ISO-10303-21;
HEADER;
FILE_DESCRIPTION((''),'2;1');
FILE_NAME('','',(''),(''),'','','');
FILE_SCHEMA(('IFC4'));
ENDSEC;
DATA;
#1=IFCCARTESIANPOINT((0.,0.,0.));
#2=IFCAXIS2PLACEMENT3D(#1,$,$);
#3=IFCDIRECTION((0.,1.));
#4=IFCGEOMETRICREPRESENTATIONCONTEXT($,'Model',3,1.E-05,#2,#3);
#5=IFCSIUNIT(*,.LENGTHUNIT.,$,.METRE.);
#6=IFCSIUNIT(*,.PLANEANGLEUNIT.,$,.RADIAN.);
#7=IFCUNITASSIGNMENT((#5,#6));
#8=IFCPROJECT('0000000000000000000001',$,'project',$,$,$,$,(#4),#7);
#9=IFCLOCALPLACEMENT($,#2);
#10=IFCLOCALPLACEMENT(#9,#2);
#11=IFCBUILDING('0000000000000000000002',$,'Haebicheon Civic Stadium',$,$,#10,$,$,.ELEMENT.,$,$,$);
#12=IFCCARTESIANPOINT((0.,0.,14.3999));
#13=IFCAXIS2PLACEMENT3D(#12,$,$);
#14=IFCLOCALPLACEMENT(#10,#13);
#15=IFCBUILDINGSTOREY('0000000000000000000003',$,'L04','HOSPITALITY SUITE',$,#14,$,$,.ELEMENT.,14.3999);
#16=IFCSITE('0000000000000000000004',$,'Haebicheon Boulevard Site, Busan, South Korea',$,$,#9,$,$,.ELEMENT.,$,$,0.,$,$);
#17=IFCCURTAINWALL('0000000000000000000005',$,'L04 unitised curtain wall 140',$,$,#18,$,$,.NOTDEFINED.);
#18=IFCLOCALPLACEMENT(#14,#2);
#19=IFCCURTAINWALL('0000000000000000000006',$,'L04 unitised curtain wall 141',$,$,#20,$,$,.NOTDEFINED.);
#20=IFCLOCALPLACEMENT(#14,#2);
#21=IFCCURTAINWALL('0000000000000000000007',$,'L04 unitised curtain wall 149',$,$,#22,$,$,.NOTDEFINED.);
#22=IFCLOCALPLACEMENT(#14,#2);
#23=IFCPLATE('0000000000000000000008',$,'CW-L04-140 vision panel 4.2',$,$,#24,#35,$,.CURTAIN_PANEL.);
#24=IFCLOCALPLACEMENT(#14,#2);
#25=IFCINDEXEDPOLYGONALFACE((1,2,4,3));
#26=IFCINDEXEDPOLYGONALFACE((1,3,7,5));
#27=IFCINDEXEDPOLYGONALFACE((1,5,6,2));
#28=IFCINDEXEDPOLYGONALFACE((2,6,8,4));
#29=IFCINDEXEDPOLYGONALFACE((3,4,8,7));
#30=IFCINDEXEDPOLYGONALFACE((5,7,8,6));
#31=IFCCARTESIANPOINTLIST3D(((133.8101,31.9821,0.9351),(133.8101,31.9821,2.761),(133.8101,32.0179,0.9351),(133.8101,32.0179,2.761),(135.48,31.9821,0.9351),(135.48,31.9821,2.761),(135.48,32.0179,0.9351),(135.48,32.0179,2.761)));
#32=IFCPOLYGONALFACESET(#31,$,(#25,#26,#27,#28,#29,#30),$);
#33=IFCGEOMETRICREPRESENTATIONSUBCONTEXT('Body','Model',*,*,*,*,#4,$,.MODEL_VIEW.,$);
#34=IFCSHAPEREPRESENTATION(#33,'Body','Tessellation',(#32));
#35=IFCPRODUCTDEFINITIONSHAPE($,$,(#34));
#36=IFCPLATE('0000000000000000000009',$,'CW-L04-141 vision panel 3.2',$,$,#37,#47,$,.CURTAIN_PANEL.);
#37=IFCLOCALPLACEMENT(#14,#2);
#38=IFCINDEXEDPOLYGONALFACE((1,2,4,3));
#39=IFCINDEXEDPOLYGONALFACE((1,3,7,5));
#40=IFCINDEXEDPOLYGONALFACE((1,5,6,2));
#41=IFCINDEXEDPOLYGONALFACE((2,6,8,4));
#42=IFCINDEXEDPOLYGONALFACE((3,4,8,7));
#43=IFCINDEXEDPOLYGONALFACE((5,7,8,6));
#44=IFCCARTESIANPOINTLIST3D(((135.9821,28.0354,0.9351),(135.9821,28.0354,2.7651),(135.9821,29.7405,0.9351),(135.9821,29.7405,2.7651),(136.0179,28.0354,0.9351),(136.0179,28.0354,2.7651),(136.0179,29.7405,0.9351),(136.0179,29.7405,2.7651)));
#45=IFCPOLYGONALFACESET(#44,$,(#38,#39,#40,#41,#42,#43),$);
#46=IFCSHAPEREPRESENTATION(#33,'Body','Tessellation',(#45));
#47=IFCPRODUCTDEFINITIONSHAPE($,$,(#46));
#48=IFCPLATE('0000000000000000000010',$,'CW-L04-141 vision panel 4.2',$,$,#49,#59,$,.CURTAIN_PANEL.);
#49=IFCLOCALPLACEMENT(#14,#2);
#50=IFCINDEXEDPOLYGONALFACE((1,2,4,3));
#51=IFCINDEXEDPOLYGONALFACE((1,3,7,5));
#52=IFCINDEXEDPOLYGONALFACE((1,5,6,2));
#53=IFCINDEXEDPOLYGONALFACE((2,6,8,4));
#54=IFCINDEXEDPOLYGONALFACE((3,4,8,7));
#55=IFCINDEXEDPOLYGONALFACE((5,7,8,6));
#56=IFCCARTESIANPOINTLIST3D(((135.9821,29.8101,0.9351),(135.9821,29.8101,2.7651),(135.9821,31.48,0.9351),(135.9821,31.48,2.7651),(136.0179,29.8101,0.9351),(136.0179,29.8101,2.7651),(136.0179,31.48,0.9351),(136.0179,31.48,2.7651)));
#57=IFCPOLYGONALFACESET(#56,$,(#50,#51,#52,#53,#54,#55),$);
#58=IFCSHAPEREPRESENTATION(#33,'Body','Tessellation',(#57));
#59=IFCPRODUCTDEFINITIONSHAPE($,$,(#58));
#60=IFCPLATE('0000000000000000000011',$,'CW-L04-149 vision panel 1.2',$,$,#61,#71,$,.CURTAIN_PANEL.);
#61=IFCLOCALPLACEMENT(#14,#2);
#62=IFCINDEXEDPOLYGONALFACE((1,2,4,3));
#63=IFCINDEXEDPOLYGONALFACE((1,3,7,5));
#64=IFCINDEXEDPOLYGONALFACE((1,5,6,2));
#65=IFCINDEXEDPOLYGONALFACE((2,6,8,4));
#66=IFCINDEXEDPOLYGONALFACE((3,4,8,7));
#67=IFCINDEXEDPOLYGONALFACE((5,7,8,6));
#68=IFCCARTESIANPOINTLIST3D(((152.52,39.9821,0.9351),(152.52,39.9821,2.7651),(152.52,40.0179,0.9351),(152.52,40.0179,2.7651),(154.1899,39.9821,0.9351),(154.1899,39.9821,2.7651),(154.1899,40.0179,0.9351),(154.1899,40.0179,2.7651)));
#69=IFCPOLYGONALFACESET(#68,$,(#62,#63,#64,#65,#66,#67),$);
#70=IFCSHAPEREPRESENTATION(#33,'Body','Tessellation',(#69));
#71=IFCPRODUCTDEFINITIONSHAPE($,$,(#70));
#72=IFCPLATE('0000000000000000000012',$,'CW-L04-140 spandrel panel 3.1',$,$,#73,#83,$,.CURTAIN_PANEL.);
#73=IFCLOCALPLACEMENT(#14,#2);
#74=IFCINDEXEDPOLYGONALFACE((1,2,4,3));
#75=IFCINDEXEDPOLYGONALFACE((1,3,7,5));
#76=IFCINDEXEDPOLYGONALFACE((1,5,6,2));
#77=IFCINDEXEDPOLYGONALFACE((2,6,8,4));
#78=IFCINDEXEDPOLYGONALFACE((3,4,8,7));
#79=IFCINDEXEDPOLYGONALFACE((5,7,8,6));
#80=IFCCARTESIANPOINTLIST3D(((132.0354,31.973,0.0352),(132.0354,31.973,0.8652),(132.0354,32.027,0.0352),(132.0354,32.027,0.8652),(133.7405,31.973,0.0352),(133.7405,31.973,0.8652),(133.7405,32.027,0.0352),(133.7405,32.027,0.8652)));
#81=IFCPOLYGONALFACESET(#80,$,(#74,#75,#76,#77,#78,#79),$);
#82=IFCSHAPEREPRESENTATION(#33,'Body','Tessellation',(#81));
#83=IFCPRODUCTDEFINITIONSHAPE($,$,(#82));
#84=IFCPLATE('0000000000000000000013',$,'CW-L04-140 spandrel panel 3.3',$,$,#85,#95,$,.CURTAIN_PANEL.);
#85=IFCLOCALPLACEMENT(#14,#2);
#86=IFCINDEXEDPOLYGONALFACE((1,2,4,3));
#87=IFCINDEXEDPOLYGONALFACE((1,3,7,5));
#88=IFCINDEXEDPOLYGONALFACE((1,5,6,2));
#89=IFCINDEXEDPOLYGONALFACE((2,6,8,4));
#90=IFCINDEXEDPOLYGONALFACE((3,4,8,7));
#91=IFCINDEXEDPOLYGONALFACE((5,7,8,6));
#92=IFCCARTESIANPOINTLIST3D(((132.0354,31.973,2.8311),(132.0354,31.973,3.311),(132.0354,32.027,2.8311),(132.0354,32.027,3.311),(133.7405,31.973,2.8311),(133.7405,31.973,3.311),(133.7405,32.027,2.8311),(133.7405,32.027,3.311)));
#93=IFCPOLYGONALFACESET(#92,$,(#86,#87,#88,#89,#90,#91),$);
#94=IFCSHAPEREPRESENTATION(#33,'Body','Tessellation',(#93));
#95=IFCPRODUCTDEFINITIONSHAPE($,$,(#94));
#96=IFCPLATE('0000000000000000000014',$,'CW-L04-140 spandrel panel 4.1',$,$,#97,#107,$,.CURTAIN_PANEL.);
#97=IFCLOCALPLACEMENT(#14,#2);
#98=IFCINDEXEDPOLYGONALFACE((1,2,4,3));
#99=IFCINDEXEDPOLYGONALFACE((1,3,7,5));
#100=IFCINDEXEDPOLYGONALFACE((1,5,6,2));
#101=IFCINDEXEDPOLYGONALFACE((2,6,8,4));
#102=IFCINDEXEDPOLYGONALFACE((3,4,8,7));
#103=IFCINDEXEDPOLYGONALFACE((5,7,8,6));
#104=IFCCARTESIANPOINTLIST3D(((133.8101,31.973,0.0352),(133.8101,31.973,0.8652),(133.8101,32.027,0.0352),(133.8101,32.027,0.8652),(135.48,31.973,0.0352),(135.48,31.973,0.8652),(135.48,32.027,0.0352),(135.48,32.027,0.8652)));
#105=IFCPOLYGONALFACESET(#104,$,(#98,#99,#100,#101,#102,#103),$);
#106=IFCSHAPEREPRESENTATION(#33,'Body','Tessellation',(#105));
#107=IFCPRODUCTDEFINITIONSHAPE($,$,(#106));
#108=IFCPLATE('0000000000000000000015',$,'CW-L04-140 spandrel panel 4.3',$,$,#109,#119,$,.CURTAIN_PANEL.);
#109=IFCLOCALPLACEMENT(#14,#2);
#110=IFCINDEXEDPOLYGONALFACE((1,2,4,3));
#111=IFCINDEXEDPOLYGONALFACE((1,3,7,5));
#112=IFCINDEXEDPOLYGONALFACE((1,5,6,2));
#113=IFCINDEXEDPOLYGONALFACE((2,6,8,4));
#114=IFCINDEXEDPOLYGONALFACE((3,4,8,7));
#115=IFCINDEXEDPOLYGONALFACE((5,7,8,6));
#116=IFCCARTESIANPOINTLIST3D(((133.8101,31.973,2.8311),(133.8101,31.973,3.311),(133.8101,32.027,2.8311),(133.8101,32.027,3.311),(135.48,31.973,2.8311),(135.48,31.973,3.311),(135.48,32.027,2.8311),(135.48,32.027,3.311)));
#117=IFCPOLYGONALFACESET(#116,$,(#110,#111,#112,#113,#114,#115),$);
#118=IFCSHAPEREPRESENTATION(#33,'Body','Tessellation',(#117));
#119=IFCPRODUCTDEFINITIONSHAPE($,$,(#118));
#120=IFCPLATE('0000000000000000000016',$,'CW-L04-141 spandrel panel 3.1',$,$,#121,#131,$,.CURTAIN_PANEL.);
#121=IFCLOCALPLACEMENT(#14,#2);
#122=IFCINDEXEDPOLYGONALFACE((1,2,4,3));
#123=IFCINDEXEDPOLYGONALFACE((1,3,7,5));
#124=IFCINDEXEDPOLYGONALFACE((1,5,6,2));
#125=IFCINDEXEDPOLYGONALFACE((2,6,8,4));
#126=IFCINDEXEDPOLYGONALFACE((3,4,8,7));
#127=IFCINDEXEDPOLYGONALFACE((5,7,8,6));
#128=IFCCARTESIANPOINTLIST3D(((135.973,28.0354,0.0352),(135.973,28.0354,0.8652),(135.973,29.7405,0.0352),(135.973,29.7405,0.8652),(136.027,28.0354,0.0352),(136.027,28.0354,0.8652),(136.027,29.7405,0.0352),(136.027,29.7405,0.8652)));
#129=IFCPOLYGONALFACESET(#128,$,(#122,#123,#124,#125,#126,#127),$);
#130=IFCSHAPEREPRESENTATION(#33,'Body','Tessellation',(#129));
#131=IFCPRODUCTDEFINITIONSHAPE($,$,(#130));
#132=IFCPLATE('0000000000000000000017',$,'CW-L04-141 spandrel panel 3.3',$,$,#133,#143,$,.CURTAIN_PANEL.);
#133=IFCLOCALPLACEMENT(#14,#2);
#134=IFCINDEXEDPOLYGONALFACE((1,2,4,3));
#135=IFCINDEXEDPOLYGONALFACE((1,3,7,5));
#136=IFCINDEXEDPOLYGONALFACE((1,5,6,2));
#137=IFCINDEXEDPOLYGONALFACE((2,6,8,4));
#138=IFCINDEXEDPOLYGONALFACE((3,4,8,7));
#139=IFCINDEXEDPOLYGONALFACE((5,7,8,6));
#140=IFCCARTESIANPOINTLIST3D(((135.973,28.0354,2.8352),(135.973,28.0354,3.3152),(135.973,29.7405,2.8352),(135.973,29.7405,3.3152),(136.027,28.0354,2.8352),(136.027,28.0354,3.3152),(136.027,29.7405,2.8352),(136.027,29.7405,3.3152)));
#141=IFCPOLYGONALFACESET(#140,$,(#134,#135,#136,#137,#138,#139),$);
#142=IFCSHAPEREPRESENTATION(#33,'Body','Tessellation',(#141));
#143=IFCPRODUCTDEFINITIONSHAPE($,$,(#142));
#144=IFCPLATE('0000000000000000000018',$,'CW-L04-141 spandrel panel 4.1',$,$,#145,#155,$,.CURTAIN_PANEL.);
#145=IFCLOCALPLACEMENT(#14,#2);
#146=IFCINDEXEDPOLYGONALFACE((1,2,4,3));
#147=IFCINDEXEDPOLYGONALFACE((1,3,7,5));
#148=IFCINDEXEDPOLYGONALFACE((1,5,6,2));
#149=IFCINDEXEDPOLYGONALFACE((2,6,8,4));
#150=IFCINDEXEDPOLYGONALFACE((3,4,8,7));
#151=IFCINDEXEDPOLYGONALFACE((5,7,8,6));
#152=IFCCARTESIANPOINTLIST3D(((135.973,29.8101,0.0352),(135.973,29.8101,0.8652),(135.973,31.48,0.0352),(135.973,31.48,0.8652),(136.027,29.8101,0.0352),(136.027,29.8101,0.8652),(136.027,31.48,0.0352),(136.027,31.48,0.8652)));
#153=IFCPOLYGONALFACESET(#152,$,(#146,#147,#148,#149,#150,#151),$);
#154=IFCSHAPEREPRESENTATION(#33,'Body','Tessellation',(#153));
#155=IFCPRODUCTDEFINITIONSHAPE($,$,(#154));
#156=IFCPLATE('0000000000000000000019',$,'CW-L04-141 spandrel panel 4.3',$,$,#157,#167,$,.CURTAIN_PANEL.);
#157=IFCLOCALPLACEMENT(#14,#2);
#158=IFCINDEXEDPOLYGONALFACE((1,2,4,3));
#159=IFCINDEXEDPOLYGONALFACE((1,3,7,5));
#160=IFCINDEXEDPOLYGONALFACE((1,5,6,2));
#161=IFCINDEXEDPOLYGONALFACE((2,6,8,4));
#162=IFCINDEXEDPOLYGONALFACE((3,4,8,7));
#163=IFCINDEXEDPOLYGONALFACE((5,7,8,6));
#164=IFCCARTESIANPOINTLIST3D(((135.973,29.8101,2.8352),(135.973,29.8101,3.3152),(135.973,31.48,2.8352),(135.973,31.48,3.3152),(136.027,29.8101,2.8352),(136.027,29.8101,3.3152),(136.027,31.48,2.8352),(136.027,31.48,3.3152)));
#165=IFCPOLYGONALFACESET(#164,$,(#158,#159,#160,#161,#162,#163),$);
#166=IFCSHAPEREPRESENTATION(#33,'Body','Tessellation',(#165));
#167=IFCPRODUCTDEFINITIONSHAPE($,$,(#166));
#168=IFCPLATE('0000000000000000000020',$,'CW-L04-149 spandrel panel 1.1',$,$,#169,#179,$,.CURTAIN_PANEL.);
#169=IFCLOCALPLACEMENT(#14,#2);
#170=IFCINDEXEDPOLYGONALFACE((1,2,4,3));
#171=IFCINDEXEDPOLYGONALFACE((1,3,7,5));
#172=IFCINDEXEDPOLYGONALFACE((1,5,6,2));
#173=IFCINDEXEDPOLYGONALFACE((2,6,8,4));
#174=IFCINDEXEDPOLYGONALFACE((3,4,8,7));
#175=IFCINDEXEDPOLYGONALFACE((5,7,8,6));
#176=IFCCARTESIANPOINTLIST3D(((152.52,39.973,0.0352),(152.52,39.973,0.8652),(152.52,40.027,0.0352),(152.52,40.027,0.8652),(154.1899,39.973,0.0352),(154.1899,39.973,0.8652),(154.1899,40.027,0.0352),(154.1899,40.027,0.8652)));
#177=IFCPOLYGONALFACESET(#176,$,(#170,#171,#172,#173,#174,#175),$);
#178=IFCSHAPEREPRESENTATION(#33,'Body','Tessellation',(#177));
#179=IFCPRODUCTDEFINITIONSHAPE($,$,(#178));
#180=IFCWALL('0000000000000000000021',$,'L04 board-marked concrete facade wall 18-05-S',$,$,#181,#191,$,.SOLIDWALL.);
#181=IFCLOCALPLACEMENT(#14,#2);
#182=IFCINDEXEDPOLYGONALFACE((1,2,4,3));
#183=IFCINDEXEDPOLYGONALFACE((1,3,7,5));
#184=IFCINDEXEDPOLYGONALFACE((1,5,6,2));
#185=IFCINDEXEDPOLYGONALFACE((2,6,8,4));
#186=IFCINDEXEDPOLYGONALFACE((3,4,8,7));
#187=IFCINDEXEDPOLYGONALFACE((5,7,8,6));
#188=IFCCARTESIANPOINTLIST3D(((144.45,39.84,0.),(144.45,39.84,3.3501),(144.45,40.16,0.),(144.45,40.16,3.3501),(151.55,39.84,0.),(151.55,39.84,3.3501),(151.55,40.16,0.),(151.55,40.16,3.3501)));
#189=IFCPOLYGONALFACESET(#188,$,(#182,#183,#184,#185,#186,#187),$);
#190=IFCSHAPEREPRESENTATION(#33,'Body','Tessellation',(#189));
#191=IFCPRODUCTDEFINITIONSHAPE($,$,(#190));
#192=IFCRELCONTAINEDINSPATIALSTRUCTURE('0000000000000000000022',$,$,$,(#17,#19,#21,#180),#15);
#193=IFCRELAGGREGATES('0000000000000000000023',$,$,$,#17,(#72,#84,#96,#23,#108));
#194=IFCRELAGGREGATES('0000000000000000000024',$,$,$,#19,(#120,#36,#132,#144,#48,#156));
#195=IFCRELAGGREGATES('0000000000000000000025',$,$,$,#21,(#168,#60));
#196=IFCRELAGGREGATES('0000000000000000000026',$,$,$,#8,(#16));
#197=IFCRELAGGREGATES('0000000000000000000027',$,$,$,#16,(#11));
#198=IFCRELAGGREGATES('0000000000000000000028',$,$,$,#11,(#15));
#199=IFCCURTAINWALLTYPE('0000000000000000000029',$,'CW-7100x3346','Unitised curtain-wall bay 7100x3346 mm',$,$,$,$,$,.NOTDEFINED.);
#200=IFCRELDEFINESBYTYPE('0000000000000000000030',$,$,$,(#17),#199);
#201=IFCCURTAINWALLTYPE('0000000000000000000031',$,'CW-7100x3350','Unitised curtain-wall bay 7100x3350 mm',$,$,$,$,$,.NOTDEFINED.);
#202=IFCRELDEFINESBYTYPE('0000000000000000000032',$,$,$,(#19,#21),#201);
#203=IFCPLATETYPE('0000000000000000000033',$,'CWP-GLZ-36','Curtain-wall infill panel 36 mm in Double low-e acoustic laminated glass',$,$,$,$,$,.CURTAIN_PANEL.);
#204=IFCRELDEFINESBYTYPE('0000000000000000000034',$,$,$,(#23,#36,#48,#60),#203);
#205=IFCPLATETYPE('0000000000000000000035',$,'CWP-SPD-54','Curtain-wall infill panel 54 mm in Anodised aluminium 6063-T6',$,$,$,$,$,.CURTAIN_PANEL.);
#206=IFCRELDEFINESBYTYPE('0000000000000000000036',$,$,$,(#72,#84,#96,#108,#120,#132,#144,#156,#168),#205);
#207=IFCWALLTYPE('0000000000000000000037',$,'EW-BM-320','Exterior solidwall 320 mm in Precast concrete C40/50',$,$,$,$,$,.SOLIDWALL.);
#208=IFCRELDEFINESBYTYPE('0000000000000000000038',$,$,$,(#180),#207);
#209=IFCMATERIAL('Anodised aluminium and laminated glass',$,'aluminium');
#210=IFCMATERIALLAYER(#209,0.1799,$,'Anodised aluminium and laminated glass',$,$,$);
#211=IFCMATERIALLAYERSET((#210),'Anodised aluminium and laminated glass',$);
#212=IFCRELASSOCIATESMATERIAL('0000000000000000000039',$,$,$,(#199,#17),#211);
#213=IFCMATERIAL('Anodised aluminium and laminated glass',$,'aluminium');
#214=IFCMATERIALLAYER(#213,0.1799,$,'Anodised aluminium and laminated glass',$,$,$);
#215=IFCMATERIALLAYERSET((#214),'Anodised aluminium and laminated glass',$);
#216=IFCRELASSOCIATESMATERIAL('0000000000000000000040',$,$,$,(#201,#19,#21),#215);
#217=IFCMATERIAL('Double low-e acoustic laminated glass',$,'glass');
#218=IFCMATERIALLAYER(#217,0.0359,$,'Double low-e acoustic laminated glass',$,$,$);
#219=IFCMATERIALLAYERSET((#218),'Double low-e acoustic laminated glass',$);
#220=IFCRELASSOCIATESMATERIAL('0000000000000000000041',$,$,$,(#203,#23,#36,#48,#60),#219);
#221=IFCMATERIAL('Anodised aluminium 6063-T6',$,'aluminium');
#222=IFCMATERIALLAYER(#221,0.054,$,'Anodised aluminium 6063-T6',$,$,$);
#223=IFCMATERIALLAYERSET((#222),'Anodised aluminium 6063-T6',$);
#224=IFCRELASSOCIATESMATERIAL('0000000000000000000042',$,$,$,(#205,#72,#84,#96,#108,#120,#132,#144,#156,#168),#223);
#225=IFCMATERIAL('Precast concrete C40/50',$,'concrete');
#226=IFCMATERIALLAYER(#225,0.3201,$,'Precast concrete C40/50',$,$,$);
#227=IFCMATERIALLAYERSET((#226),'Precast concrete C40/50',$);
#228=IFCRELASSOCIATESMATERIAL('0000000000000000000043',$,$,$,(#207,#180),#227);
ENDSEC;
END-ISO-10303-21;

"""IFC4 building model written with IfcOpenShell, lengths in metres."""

from ifc_helpers import new_model, si_unit, direction, frame, frame_2d, origin, origin_2d, place, context, subcontext, project, spatial, rectangle, extrude, material, layer, layer_set, type_object, element, aggregate, save


model = new_model("IFC4")

# Units and contexts
model_context = context("Model", 3, precision=1e-05, world=origin(), true_north=direction((0.0, 1.0)))
body_context = subcontext(model_context, "Body", "Model", "MODEL_VIEW")
ifc_project = project(units=[si_unit("LENGTHUNIT", "METRE"), si_unit("PLANEANGLEUNIT", "RADIAN")], contexts=[model_context])

# Site, building, storey
site_placement = place(None, origin())
site = spatial("IfcSite", under=ifc_project, at=site_placement, Name="Haebicheon Boulevard Site, Busan, South Korea", CompositionType="ELEMENT", RefElevation=0.0)
building_placement = place(site_placement, origin())
building = spatial("IfcBuilding", under=site, at=building_placement, Name="Haebicheon Civic Stadium", CompositionType="ELEMENT")
storey_placement = place(building_placement, frame((0.0, 0.0, 14.3999)))
storey = spatial("IfcBuildingStorey", under=building, at=storey_placement, Name="L04", Description="HOSPITALITY SUITE", CompositionType="ELEMENT", Elevation=14.3999)

# Curtain walls
ifc_material_1 = material(Name="Anodised aluminium and laminated glass", Category="aluminium")
ifc_layer_1 = layer(ifc_material_1, 0.1799, Name="Anodised aluminium and laminated glass")
ifc_layer_set_1 = layer_set([ifc_layer_1], Name="Anodised aluminium and laminated glass")
curtain_wall_type_1 = type_object("IfcCurtainWallType", Name="CW-7100x3346", Description="Unitised curtain-wall bay 7100x3346 mm", PredefinedType="NOTDEFINED", material=ifc_layer_set_1)
curtain_wall_1_placement = place(storey_placement, origin())
curtain_wall_1 = element("IfcCurtainWall", 1, at=curtain_wall_1_placement, inside=storey, type_object=curtain_wall_type_1, material=ifc_layer_set_1, Name="L04 unitised curtain wall 140", PredefinedType="NOTDEFINED")
ifc_material_2 = material(Name="Anodised aluminium and laminated glass", Category="aluminium")
ifc_layer_2 = layer(ifc_material_2, 0.1799, Name="Anodised aluminium and laminated glass")
ifc_layer_set_2 = layer_set([ifc_layer_2], Name="Anodised aluminium and laminated glass")
curtain_wall_type_2 = type_object("IfcCurtainWallType", Name="CW-7100x3350", Description="Unitised curtain-wall bay 7100x3350 mm", PredefinedType="NOTDEFINED", material=ifc_layer_set_2)
curtain_wall_2_placement = place(storey_placement, origin())
curtain_wall_2 = element("IfcCurtainWall", 2, at=curtain_wall_2_placement, inside=storey, type_object=curtain_wall_type_2, material=ifc_layer_set_2, Name="L04 unitised curtain wall 141", PredefinedType="NOTDEFINED")

# Curtain wall
curtain_wall_3_placement = place(storey_placement, origin())
curtain_wall_3 = element("IfcCurtainWall", 3, at=curtain_wall_3_placement, inside=storey, type_object=curtain_wall_type_2, material=ifc_layer_set_2, Name="L04 unitised curtain wall 149", PredefinedType="NOTDEFINED")

# Plates
ifc_material_3 = material(Name="Double low-e acoustic laminated glass", Category="glass")
ifc_layer_3 = layer(ifc_material_3, 0.0359, Name="Double low-e acoustic laminated glass")
ifc_layer_set_3 = layer_set([ifc_layer_3], Name="Double low-e acoustic laminated glass")
plate_type_1 = type_object("IfcPlateType", Name="CWP-GLZ-36", Description="Curtain-wall infill panel 36 mm in Double low-e acoustic laminated glass", PredefinedType="CURTAIN_PANEL", material=ifc_layer_set_3)
plate_1_placement = place(storey_placement, frame((134.645, 32.0, 0.9351), z_axis=(0.0, 0.0, 1.0), x_axis=(1.0, 0.0, 0.0)))
plate_1 = element("IfcPlate", 4, at=plate_1_placement, type_object=plate_type_1, material=ifc_layer_set_3, Name="CW-L04-140 vision panel 4.2", PredefinedType="CURTAIN_PANEL", context=body_context, shape_type="SweptSolid", body=[
    extrude(rectangle(XDim=1.6699, YDim=0.0359, at=origin_2d()), origin(), (0.0, 0.0, 1.0), 1.8259),
])
plate_2_placement = place(storey_placement, frame((136.0, 28.8879, 0.9351), z_axis=(0.0, 0.0, 1.0), x_axis=(0.0, 1.0, 0.0)))
plate_2 = element("IfcPlate", 5, at=plate_2_placement, type_object=plate_type_1, material=ifc_layer_set_3, Name="CW-L04-141 vision panel 3.2", PredefinedType="CURTAIN_PANEL", context=body_context, shape_type="SweptSolid", body=[
    extrude(rectangle(XDim=1.7051, YDim=0.0359, at=origin_2d()), origin(), (0.0, 0.0, 1.0), 1.8301),
])
plate_3_placement = place(storey_placement, frame((136.0, 30.645, 0.9351), z_axis=(0.0, 0.0, 1.0), x_axis=(0.0, 1.0, 0.0)))
plate_3 = element("IfcPlate", 6, at=plate_3_placement, type_object=plate_type_1, material=ifc_layer_set_3, Name="CW-L04-141 vision panel 4.2", PredefinedType="CURTAIN_PANEL", context=body_context, shape_type="SweptSolid", body=[
    extrude(rectangle(XDim=1.6699, YDim=0.0359, at=origin_2d()), origin(), (0.0, 0.0, 1.0), 1.8301),
])
plate_4_placement = place(storey_placement, frame((153.355, 40.0, 0.9351), z_axis=(0.0, 0.0, 1.0), x_axis=(1.0, 0.0, 0.0)))
plate_4 = element("IfcPlate", 7, at=plate_4_placement, type_object=plate_type_1, material=ifc_layer_set_3, Name="CW-L04-149 vision panel 1.2", PredefinedType="CURTAIN_PANEL", context=body_context, shape_type="SweptSolid", body=[
    extrude(rectangle(XDim=1.6699, YDim=0.0359, at=origin_2d()), origin(), (0.0, 0.0, 1.0), 1.8301),
])
ifc_material_4 = material(Name="Anodised aluminium 6063-T6", Category="aluminium")
ifc_layer_4 = layer(ifc_material_4, 0.054, Name="Anodised aluminium 6063-T6")
ifc_layer_set_4 = layer_set([ifc_layer_4], Name="Anodised aluminium 6063-T6")
plate_type_2 = type_object("IfcPlateType", Name="CWP-SPD-54", Description="Curtain-wall infill panel 54 mm in Anodised aluminium 6063-T6", PredefinedType="CURTAIN_PANEL", material=ifc_layer_set_4)
plate_5_placement = place(storey_placement, frame((132.8879, 32.0, 0.0352), z_axis=(0.0, 0.0, 1.0), x_axis=(1.0, 0.0, 0.0)))
plate_5 = element("IfcPlate", 8, at=plate_5_placement, type_object=plate_type_2, material=ifc_layer_set_4, Name="CW-L04-140 spandrel panel 3.1", PredefinedType="CURTAIN_PANEL", context=body_context, shape_type="SweptSolid", body=[
    extrude(rectangle(XDim=1.7051, YDim=0.054, at=origin_2d()), origin(), (0.0, 0.0, 1.0), 0.8301),
])
plate_6_placement = place(storey_placement, frame((132.8879, 32.0, 2.8311), z_axis=(0.0, 0.0, 1.0), x_axis=(1.0, 0.0, 0.0)))
plate_6 = element("IfcPlate", 9, at=plate_6_placement, type_object=plate_type_2, material=ifc_layer_set_4, Name="CW-L04-140 spandrel panel 3.3", PredefinedType="CURTAIN_PANEL", context=body_context, shape_type="SweptSolid", body=[
    extrude(rectangle(XDim=1.7051, YDim=0.054, at=origin_2d()), origin(), (0.0, 0.0, 1.0), 0.48),
])
plate_7_placement = place(storey_placement, frame((134.645, 32.0, 0.0352), z_axis=(0.0, 0.0, 1.0), x_axis=(1.0, 0.0, 0.0)))
plate_7 = element("IfcPlate", 10, at=plate_7_placement, type_object=plate_type_2, material=ifc_layer_set_4, Name="CW-L04-140 spandrel panel 4.1", PredefinedType="CURTAIN_PANEL", context=body_context, shape_type="SweptSolid", body=[
    extrude(rectangle(XDim=1.6699, YDim=0.054, at=origin_2d()), origin(), (0.0, 0.0, 1.0), 0.8301),
])
plate_8_placement = place(storey_placement, frame((134.645, 32.0, 2.8311), z_axis=(0.0, 0.0, 1.0), x_axis=(1.0, 0.0, 0.0)))
plate_8 = element("IfcPlate", 11, at=plate_8_placement, type_object=plate_type_2, material=ifc_layer_set_4, Name="CW-L04-140 spandrel panel 4.3", PredefinedType="CURTAIN_PANEL", context=body_context, shape_type="SweptSolid", body=[
    extrude(rectangle(XDim=1.6699, YDim=0.054, at=origin_2d()), origin(), (0.0, 0.0, 1.0), 0.48),
])
aggregate(curtain_wall_1, [plate_5, plate_6, plate_7, plate_1, plate_8])
plate_9_placement = place(storey_placement, frame((136.0, 28.8879, 0.0352), z_axis=(0.0, 0.0, 1.0), x_axis=(0.0, 1.0, 0.0)))
plate_9 = element("IfcPlate", 12, at=plate_9_placement, type_object=plate_type_2, material=ifc_layer_set_4, Name="CW-L04-141 spandrel panel 3.1", PredefinedType="CURTAIN_PANEL", context=body_context, shape_type="SweptSolid", body=[
    extrude(rectangle(XDim=1.7051, YDim=0.054, at=origin_2d()), origin(), (0.0, 0.0, 1.0), 0.8301),
])
plate_10_placement = place(storey_placement, frame((136.0, 28.8879, 2.8352), z_axis=(0.0, 0.0, 1.0), x_axis=(0.0, 1.0, 0.0)))
plate_10 = element("IfcPlate", 13, at=plate_10_placement, type_object=plate_type_2, material=ifc_layer_set_4, Name="CW-L04-141 spandrel panel 3.3", PredefinedType="CURTAIN_PANEL", context=body_context, shape_type="SweptSolid", body=[
    extrude(rectangle(XDim=1.7051, YDim=0.054, at=origin_2d()), origin(), (0.0, 0.0, 1.0), 0.48),
])
plate_11_placement = place(storey_placement, frame((136.0, 30.645, 0.0352), z_axis=(0.0, 0.0, 1.0), x_axis=(0.0, 1.0, 0.0)))
plate_11 = element("IfcPlate", 14, at=plate_11_placement, type_object=plate_type_2, material=ifc_layer_set_4, Name="CW-L04-141 spandrel panel 4.1", PredefinedType="CURTAIN_PANEL", context=body_context, shape_type="SweptSolid", body=[
    extrude(rectangle(XDim=1.6699, YDim=0.054, at=origin_2d()), origin(), (0.0, 0.0, 1.0), 0.8301),
])
plate_12_placement = place(storey_placement, frame((136.0, 30.645, 2.8352), z_axis=(0.0, 0.0, 1.0), x_axis=(0.0, 1.0, 0.0)))
plate_12 = element("IfcPlate", 15, at=plate_12_placement, type_object=plate_type_2, material=ifc_layer_set_4, Name="CW-L04-141 spandrel panel 4.3", PredefinedType="CURTAIN_PANEL", context=body_context, shape_type="SweptSolid", body=[
    extrude(rectangle(XDim=1.6699, YDim=0.054, at=origin_2d()), origin(), (0.0, 0.0, 1.0), 0.48),
])
aggregate(curtain_wall_2, [plate_9, plate_2, plate_10, plate_11, plate_3, plate_12])
plate_13_placement = place(storey_placement, frame((153.355, 40.0, 0.0352), z_axis=(0.0, 0.0, 1.0), x_axis=(1.0, 0.0, 0.0)))
plate_13 = element("IfcPlate", 16, at=plate_13_placement, type_object=plate_type_2, material=ifc_layer_set_4, Name="CW-L04-149 spandrel panel 1.1", PredefinedType="CURTAIN_PANEL", context=body_context, shape_type="SweptSolid", body=[
    extrude(rectangle(XDim=1.6699, YDim=0.054, at=origin_2d()), origin(), (0.0, 0.0, 1.0), 0.8301),
])
aggregate(curtain_wall_3, [plate_13, plate_4])

# Wall
ifc_material_5 = material(Name="Precast concrete C40/50", Category="concrete")
ifc_layer_5 = layer(ifc_material_5, 0.3201, Name="Precast concrete C40/50")
ifc_layer_set_5 = layer_set([ifc_layer_5], Name="Precast concrete C40/50")
wall_type = type_object("IfcWallType", Name="EW-BM-320", Description="Exterior solidwall 320 mm in Precast concrete C40/50", PredefinedType="SOLIDWALL", material=ifc_layer_set_5)
wall_placement = place(storey_placement, frame((144.45, 40.0, 0.0), z_axis=(0.0, 0.0, 1.0), x_axis=(1.0, 0.0, 0.0)))
element("IfcWall", 17, at=wall_placement, inside=storey, type_object=wall_type, material=ifc_layer_set_5, Name="L04 board-marked concrete facade wall 18-05-S", PredefinedType="SOLIDWALL", context=body_context, shape_type="SweptSolid", body=[
    extrude(rectangle(XDim=7.1001, YDim=0.3201, at=frame_2d((3.55, 0.0))), origin(), (0.0, 0.0, 1.0), 3.3501),
])

save(model, "model.ifc")
